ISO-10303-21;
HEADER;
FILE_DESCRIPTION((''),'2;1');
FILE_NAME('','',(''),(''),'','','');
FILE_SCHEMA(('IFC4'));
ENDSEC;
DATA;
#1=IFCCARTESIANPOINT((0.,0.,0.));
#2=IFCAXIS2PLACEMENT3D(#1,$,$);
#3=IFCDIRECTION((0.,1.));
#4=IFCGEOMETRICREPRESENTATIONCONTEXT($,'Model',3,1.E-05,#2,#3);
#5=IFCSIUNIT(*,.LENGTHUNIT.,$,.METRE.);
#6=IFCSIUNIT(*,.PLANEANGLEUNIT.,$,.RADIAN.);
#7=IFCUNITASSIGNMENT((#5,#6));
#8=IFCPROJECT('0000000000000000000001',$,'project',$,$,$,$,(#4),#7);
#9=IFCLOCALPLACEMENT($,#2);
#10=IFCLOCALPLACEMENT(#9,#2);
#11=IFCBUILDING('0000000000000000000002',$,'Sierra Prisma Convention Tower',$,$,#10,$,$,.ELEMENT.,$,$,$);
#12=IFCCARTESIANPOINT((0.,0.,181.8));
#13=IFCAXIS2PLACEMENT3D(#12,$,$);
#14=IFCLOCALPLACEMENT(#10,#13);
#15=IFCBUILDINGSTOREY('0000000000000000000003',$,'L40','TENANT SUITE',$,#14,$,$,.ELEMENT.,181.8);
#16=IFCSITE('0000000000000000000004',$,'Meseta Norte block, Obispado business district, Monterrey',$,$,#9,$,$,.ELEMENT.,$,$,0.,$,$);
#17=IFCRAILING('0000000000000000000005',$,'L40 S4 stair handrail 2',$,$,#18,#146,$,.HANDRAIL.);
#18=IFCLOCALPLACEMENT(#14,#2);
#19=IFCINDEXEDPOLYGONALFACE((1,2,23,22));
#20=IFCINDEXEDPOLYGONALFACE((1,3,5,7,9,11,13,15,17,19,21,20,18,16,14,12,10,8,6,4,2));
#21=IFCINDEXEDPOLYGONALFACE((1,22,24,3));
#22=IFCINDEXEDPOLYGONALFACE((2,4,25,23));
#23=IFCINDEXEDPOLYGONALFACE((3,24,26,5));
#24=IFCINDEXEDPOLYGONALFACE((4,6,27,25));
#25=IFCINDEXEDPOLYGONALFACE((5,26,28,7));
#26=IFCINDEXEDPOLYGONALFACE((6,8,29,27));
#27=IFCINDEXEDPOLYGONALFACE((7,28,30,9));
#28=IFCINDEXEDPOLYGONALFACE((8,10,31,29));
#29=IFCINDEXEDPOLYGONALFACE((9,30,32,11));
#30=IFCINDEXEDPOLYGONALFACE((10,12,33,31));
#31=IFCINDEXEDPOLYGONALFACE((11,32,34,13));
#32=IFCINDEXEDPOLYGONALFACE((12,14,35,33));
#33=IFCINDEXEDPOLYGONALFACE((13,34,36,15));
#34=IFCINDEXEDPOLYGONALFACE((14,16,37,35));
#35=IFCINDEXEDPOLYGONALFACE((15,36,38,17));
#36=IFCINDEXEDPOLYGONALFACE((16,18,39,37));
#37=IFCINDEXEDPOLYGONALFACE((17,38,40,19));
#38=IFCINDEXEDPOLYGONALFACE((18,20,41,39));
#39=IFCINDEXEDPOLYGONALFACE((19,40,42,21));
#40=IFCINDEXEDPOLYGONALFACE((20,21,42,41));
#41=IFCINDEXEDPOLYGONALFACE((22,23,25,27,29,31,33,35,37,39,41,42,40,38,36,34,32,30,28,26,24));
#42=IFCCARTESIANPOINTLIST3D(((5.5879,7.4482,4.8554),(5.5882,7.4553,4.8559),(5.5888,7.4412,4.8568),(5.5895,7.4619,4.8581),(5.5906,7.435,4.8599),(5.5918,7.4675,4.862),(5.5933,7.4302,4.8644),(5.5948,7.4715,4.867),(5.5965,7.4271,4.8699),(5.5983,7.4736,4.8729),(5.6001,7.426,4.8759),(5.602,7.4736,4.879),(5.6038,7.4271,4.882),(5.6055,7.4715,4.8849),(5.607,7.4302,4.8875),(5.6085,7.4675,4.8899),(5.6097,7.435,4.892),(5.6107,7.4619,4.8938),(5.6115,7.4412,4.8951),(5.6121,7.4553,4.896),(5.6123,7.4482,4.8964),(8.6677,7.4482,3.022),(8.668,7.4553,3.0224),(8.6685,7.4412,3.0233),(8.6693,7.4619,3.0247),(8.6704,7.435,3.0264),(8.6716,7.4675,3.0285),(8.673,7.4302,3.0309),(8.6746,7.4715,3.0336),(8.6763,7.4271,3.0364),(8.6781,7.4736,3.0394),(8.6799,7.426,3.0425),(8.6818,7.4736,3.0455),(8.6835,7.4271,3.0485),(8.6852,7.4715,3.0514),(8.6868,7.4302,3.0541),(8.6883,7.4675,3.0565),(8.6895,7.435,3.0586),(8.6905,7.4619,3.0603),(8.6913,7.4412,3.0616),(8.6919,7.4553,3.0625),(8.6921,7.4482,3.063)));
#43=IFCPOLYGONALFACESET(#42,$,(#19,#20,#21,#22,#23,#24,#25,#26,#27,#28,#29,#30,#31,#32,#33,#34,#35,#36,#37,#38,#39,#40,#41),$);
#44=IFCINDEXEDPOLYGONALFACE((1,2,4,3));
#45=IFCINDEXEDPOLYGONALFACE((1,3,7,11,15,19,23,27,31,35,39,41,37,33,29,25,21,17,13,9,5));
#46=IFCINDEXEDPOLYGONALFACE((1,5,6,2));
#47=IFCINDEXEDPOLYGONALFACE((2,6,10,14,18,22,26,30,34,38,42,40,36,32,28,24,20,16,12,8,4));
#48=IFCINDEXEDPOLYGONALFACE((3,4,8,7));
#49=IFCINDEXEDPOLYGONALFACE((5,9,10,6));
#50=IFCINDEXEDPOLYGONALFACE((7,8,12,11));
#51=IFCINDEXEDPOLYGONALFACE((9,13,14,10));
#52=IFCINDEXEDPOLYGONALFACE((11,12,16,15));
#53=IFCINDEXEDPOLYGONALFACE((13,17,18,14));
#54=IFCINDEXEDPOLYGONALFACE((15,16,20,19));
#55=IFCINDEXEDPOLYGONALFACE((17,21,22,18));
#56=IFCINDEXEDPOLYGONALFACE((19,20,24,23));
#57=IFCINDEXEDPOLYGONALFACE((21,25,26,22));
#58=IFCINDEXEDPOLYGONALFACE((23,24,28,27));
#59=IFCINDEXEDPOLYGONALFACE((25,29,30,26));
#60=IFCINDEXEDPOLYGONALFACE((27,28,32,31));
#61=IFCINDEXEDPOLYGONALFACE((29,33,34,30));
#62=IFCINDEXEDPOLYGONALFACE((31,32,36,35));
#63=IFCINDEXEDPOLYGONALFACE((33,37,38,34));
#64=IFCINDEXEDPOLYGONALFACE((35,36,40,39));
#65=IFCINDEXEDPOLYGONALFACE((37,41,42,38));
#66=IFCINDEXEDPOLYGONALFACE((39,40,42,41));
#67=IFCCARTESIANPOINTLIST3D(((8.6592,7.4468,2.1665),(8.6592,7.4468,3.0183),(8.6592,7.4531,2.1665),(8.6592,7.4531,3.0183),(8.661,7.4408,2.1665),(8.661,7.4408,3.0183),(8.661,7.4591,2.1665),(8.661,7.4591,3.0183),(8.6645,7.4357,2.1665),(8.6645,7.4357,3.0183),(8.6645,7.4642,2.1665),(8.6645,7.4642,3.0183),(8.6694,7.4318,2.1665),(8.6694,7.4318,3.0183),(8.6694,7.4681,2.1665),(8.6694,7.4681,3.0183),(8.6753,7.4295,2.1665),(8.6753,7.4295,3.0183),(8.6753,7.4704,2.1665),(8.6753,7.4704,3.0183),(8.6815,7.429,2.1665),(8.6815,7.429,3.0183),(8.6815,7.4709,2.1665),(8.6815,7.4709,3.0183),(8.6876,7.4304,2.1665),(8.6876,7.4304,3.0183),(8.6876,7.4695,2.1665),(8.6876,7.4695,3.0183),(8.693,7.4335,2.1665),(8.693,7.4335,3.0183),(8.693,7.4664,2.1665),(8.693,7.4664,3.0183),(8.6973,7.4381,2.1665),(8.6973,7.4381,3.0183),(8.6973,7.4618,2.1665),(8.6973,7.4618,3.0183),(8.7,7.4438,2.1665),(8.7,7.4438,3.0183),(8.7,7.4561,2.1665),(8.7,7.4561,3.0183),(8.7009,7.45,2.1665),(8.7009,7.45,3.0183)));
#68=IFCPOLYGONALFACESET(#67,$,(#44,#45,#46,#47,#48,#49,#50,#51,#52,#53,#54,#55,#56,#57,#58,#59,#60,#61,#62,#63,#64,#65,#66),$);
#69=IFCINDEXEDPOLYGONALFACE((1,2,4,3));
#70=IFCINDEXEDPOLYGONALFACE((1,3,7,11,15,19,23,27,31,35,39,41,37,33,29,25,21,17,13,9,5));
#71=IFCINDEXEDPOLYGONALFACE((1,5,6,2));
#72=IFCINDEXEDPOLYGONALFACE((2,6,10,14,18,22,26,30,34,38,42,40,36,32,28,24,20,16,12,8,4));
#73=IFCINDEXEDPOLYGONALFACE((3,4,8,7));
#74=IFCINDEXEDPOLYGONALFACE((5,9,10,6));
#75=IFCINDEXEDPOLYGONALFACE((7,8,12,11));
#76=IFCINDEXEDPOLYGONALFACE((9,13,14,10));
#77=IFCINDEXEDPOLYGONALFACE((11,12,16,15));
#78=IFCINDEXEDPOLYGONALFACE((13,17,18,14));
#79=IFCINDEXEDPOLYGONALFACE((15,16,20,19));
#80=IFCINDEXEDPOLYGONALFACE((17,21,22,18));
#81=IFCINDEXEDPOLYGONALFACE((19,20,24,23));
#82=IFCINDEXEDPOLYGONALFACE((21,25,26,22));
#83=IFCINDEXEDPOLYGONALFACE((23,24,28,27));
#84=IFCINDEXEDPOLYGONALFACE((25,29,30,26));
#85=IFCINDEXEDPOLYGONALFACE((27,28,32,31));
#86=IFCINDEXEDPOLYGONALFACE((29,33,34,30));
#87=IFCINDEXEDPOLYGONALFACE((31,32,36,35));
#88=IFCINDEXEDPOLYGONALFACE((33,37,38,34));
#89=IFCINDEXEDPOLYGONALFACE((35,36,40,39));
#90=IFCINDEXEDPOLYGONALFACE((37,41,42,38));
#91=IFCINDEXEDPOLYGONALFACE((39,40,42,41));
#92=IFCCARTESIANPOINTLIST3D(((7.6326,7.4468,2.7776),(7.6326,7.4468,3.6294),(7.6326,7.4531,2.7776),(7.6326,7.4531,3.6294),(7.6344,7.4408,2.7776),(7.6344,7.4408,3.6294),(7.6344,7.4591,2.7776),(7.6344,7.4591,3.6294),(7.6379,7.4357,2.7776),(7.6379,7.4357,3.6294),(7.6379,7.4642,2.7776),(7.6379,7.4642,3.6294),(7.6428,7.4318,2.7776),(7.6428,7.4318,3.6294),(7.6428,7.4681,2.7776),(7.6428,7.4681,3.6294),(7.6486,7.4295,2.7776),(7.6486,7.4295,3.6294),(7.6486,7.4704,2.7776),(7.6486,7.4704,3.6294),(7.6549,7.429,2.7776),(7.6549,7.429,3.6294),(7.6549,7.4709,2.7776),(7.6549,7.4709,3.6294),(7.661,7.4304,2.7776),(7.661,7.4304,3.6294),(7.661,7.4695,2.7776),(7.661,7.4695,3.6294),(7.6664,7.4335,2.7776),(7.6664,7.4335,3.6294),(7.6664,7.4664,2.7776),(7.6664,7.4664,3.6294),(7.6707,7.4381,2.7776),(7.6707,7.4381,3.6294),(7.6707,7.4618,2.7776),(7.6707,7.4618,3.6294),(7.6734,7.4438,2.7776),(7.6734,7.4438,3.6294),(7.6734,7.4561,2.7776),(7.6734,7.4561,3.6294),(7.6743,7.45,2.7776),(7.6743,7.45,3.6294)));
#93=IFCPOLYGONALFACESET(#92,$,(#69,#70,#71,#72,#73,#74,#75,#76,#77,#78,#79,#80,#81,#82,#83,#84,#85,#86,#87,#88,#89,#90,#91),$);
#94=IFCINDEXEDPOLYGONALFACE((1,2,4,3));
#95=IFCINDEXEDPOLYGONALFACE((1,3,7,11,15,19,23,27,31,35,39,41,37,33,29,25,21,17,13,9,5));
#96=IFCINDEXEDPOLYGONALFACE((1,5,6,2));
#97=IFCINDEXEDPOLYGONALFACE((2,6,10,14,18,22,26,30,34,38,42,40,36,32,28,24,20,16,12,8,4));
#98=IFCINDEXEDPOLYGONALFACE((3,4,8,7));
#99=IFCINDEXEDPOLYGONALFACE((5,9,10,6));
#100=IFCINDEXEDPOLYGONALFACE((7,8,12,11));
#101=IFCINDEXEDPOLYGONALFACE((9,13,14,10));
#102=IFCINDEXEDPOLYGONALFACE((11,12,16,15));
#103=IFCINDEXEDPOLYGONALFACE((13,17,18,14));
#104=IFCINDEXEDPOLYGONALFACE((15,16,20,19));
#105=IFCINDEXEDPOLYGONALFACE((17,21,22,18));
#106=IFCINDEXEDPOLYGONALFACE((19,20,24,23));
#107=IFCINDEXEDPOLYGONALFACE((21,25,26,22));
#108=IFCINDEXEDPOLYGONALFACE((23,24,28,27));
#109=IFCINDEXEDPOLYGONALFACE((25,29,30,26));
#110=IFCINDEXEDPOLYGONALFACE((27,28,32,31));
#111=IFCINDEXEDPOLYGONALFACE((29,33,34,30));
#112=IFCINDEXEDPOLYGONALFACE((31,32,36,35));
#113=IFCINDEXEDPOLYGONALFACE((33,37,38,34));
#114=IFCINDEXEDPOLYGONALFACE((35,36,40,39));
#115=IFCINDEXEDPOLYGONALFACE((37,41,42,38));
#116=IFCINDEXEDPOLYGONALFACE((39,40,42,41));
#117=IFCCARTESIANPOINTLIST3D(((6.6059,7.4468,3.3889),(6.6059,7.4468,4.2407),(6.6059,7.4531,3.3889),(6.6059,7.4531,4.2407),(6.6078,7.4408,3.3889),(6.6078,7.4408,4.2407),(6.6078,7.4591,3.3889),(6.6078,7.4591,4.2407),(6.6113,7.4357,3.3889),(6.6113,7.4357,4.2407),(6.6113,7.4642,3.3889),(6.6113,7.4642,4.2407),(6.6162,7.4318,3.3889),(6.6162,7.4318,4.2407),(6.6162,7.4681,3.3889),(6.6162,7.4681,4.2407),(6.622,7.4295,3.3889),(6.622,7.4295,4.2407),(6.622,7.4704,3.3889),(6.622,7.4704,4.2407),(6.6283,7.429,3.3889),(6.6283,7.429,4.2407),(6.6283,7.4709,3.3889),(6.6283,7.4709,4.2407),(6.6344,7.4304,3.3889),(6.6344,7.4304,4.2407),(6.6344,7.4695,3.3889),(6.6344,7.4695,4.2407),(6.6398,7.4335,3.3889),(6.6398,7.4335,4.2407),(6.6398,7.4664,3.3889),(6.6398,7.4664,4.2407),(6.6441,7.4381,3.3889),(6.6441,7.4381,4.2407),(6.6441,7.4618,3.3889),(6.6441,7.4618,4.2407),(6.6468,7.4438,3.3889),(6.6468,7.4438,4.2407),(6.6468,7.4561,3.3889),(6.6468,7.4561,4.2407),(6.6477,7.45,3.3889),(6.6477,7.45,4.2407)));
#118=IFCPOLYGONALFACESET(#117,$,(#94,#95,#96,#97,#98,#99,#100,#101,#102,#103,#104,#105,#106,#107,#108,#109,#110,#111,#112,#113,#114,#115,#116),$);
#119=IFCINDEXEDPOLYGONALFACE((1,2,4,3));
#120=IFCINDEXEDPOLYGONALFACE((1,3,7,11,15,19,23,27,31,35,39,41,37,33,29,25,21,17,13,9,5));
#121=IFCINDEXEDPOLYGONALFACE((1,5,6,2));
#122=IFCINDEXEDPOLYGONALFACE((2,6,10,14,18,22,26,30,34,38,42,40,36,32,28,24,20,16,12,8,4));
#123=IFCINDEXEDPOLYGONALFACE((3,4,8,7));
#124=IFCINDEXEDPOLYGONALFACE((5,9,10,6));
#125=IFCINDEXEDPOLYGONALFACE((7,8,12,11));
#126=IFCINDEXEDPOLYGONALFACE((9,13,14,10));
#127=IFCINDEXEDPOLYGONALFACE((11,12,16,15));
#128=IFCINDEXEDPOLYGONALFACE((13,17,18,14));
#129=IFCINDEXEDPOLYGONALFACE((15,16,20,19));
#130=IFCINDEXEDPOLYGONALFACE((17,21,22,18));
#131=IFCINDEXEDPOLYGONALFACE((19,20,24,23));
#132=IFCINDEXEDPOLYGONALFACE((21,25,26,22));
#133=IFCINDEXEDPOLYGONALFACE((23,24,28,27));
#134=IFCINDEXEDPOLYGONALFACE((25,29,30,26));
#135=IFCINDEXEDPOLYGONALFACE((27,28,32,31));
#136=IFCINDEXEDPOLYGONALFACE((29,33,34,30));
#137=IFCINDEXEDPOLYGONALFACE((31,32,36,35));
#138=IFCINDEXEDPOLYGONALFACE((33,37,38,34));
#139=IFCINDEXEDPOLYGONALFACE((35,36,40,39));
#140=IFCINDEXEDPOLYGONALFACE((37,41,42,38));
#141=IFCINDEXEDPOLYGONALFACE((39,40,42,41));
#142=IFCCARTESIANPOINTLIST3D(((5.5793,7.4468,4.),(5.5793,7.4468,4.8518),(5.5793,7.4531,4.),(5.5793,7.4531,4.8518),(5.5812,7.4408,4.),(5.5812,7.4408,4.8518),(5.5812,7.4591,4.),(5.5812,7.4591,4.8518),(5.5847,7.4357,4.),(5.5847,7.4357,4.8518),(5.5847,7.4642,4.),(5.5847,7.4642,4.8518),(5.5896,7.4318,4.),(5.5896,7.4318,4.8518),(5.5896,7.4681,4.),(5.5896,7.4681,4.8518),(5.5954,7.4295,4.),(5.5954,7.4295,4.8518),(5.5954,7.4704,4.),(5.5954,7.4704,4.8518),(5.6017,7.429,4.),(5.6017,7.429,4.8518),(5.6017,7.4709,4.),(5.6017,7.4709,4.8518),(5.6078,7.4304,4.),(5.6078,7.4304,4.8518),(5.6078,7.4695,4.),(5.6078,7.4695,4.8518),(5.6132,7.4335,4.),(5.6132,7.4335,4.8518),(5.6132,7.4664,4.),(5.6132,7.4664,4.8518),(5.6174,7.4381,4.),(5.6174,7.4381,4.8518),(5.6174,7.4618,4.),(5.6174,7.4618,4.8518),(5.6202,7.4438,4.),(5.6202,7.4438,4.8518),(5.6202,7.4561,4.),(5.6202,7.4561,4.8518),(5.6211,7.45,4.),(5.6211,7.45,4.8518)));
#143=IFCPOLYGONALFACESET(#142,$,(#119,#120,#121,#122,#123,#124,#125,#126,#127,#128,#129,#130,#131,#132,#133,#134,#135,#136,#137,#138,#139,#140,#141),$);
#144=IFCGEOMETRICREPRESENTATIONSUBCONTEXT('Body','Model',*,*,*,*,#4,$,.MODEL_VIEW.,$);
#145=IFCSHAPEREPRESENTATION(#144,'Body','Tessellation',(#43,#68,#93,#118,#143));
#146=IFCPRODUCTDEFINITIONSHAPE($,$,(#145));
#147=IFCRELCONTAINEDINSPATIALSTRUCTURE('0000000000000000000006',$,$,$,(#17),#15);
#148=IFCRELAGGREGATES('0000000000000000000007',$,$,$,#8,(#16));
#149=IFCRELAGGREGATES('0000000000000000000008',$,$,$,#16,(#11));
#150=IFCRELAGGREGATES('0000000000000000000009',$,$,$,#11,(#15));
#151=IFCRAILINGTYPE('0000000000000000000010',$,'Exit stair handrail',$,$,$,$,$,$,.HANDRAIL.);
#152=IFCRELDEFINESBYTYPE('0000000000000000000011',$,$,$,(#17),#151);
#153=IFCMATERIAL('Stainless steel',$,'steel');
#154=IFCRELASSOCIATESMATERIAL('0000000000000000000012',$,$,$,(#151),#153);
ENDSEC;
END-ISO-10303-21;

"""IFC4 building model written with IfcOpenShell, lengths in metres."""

from ifc_helpers import new_model, si_unit, direction, frame, origin, origin_2d, place, context, subcontext, project, spatial, circle, extrude, material, type_object, element, save


model = new_model("IFC4")

# Units and contexts
model_context = context("Model", 3, precision=1e-05, world=origin(), true_north=direction((0.0, 1.0)))
body_context = subcontext(model_context, "Body", "Model", "MODEL_VIEW")
ifc_project = project(units=[si_unit("LENGTHUNIT", "METRE"), si_unit("PLANEANGLEUNIT", "RADIAN")], contexts=[model_context])

# Site, building, storey
site_placement = place(None, origin())
site = spatial("IfcSite", under=ifc_project, at=site_placement, Name="Meseta Norte block, Obispado business district, Monterrey", CompositionType="ELEMENT", RefElevation=0.0)
building_placement = place(site_placement, origin())
building = spatial("IfcBuilding", under=site, at=building_placement, Name="Sierra Prisma Convention Tower", CompositionType="ELEMENT")
storey_placement = place(building_placement, frame((0.0, 0.0, 181.8)))
storey = spatial("IfcBuildingStorey", under=building, at=storey_placement, Name="L40", Description="TENANT SUITE", CompositionType="ELEMENT", Elevation=181.8)

# Railing
ifc_material_1 = material(Name="Stainless steel", Category="steel")
railing_type = type_object("IfcRailingType", Name="Exit stair handrail", PredefinedType="HANDRAIL", material=ifc_material_1)
railing_placement = place(storey_placement, frame((8.6799, 7.45, 2.1665)))
element("IfcRailing", 1, at=railing_placement, inside=storey, type_object=railing_type, Name="L40 S4 stair handrail 2", PredefinedType="HANDRAIL", context=body_context, shape_type="SweptSolid", body=[
    extrude(circle(Radius=0.0239, at=origin_2d()), frame((0.0, 0.0, 0.876), z_axis=(-0.859261, 0.0, 0.511538), x_axis=(0.0, -1.0, 0.0)), (0.0, 0.0, 1.0), 3.5842),
    extrude(circle(Radius=0.021, at=origin_2d()), origin(), (0.0, 0.0, 1.0), 0.8518),
    extrude(circle(Radius=0.021, at=origin_2d()), frame((-1.0266, 0.0, 0.6111)), (0.0, 0.0, 1.0), 0.8518),
    extrude(circle(Radius=0.021, at=origin_2d()), frame((-2.0532, 0.0, 1.2224)), (0.0, 0.0, 1.0), 0.8518),
    extrude(circle(Radius=0.021, at=origin_2d()), frame((-3.0798, 0.0, 1.8335)), (0.0, 0.0, 1.0), 0.8518),
])

save(model, "model.ifc")
